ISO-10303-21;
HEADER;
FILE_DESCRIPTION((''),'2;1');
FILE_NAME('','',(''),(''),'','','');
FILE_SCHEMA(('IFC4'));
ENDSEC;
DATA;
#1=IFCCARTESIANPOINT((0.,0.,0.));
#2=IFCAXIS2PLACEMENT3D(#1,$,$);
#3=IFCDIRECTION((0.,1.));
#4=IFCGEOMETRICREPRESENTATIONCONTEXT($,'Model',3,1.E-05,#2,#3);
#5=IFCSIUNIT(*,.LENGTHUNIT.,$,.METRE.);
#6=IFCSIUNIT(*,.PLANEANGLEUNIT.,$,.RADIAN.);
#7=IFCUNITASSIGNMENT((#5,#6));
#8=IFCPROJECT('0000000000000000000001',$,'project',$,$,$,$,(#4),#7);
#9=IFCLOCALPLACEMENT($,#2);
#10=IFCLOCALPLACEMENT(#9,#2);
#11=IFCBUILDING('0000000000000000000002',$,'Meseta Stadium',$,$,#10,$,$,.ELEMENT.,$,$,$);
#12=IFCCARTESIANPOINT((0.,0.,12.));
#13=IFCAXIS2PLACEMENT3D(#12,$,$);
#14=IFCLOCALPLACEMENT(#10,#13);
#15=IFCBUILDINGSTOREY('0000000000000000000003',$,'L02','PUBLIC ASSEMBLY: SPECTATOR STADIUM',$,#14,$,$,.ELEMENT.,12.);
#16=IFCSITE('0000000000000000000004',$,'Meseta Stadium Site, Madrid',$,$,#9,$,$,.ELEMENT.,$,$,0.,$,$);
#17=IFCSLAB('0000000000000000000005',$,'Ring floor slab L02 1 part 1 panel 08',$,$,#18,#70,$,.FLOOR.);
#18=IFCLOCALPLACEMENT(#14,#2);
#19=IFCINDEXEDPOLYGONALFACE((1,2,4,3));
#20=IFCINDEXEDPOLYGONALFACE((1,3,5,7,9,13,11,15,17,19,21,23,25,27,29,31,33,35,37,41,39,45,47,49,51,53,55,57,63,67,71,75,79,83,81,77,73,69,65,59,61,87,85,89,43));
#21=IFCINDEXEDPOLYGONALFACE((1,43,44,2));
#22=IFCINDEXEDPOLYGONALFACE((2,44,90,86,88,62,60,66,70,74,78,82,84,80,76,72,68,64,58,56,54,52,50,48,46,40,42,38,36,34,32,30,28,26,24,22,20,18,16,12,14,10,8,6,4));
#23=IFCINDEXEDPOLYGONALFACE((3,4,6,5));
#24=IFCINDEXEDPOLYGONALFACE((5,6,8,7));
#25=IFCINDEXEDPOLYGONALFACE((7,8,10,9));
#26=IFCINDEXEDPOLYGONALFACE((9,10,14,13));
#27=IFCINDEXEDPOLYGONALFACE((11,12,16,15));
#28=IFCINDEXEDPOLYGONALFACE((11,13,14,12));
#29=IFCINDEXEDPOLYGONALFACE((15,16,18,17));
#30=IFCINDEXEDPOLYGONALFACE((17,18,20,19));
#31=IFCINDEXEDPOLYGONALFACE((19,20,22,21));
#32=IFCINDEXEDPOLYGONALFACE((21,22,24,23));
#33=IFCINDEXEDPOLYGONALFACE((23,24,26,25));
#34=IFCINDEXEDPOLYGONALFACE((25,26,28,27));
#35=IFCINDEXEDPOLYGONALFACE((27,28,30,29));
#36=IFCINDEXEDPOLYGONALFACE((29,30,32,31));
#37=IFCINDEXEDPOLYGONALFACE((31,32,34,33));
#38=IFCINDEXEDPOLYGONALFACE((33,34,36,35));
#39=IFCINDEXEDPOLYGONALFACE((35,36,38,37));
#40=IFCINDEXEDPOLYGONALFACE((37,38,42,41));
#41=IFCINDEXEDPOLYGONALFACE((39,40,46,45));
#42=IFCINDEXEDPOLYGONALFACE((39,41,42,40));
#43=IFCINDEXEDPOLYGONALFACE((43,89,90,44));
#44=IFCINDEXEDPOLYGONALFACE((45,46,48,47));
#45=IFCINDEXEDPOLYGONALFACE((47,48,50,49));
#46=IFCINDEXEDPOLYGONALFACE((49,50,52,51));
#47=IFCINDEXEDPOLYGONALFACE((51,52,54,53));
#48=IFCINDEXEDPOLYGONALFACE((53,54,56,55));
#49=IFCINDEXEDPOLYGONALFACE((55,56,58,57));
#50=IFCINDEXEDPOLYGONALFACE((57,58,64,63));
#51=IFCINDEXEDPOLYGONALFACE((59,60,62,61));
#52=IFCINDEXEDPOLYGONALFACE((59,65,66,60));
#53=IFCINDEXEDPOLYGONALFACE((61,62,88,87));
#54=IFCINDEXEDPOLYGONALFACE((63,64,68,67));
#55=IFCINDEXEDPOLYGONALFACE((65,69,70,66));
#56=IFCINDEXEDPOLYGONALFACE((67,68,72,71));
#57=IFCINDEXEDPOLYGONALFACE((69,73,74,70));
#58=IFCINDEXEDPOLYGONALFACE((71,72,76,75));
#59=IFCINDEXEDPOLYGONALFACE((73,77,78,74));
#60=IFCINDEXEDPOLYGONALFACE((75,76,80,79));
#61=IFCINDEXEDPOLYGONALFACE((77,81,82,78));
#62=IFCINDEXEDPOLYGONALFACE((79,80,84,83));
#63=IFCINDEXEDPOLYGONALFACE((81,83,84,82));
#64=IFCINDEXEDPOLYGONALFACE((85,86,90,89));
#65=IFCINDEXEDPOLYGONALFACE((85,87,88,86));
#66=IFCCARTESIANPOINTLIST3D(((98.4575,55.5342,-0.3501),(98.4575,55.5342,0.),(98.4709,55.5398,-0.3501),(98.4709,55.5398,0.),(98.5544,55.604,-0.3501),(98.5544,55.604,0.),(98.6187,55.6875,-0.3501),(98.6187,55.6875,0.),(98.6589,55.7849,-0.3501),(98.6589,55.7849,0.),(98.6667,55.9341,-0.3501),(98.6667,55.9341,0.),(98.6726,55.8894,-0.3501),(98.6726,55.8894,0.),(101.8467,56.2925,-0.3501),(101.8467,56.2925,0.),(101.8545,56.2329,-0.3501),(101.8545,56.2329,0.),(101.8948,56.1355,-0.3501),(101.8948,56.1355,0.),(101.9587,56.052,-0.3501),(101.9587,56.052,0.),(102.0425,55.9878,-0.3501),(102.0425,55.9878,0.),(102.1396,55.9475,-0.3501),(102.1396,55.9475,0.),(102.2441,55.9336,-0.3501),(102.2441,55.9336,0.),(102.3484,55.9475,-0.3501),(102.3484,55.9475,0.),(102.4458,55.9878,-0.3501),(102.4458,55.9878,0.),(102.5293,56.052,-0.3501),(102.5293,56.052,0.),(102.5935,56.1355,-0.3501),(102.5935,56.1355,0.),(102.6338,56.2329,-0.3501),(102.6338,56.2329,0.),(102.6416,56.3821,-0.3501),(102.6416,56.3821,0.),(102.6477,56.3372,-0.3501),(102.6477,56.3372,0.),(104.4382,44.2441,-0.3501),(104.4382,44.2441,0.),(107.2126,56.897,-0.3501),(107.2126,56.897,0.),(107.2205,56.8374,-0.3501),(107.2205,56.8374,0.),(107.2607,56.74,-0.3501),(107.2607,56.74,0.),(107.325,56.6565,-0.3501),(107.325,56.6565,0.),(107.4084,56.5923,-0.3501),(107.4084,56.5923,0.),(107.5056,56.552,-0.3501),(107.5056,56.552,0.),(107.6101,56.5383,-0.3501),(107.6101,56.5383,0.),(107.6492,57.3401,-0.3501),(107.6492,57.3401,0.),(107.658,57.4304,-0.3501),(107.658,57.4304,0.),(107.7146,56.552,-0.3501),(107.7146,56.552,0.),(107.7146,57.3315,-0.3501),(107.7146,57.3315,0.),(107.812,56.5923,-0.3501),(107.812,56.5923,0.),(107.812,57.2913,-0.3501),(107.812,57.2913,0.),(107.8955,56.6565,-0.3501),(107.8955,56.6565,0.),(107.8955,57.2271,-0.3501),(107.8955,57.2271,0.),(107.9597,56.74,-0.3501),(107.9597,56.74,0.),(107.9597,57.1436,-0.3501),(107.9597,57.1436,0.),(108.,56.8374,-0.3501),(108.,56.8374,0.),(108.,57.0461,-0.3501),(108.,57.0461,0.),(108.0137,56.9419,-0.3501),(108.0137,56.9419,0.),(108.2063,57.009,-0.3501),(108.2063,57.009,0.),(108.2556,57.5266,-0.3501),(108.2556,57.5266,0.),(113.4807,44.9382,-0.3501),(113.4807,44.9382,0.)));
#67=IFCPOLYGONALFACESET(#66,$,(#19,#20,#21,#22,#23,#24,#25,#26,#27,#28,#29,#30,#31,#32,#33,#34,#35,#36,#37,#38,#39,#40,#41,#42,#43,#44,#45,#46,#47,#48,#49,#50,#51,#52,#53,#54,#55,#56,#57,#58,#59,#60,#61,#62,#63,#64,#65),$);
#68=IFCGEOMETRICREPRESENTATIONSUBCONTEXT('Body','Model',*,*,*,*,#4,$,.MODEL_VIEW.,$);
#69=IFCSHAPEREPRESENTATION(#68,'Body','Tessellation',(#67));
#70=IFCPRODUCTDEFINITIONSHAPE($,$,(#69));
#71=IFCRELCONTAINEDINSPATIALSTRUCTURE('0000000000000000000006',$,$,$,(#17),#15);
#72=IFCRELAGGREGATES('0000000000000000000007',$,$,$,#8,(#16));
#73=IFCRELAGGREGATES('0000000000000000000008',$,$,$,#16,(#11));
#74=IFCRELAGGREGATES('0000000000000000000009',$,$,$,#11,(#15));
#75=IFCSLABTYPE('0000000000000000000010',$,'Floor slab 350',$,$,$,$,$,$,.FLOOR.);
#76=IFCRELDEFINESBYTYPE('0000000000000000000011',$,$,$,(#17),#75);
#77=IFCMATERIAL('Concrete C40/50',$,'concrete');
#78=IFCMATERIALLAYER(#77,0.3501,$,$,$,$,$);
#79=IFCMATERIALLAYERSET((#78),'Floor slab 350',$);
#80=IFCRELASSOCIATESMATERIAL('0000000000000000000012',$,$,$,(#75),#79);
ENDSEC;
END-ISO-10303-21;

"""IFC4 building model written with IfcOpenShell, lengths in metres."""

from ifc_helpers import new_model, si_unit, direction, frame, origin, place, context, subcontext, project, spatial, polyline, outline, extrude, material, layer, layer_set, type_object, element, save


model = new_model("IFC4")

# Units and contexts
model_context = context("Model", 3, precision=1e-05, world=origin(), true_north=direction((0.0, 1.0)))
body_context = subcontext(model_context, "Body", "Model", "MODEL_VIEW")
ifc_project = project(units=[si_unit("LENGTHUNIT", "METRE"), si_unit("PLANEANGLEUNIT", "RADIAN")], contexts=[model_context])

# Site, building, storey
site_placement = place(None, origin())
site = spatial("IfcSite", under=ifc_project, at=site_placement, Name="Meseta Stadium Site, Madrid", CompositionType="ELEMENT", RefElevation=0.0)
building_placement = place(site_placement, origin())
building = spatial("IfcBuilding", under=site, at=building_placement, Name="Meseta Stadium", CompositionType="ELEMENT")
storey_placement = place(building_placement, frame((0.0, 0.0, 12.0)))
storey = spatial("IfcBuildingStorey", under=building, at=storey_placement, Name="L02", Description="PUBLIC ASSEMBLY: SPECTATOR STADIUM", CompositionType="ELEMENT", Elevation=12.0)

# Slab
ifc_material_1 = material(Name="Concrete C40/50", Category="concrete")
ifc_layer_1 = layer(ifc_material_1, 0.3501)
ifc_layer_set_1 = layer_set([ifc_layer_1], Name="Floor slab 350")
slab_type_1 = type_object("IfcSlabType", Name="Floor slab 350", PredefinedType="FLOOR", material=ifc_layer_set_1)
slab_1_placement = place(storey_placement, frame((0.0, 0.0, -0.3501)))
element("IfcSlab", 1, at=slab_1_placement, inside=storey, type_object=slab_type_1, Name="Ring floor slab L02 1 part 1 panel 08", PredefinedType="FLOOR", context=body_context, shape_type="SweptSolid", body=[
    extrude(outline(polyline([(98.6667, 55.9341), (98.6726, 55.8894), (98.6589, 55.7849), (98.6187, 55.6875), (98.5544, 55.604), (98.4709, 55.5398), (98.4575, 55.5342), (104.4382, 44.2441), (113.4807, 44.9382), (108.2063, 57.009), (108.2556, 57.5266), (107.658, 57.4304), (107.6492, 57.3401), (107.7146, 57.3315), (107.812, 57.2913), (107.8955, 57.2271), (107.9597, 57.1436), (108.0, 57.0461), (108.0137, 56.9419), (108.0, 56.8374), (107.9597, 56.74), (107.8955, 56.6565), (107.812, 56.5923), (107.7146, 56.552), (107.6101, 56.5383), (107.5056, 56.552), (107.4084, 56.5923), (107.325, 56.6565), (107.2607, 56.74), (107.2205, 56.8374), (107.2126, 56.897), (102.6416, 56.3821), (102.6477, 56.3372), (102.6338, 56.2329), (102.5935, 56.1355), (102.5293, 56.052), (102.4458, 55.9878), (102.3484, 55.9475), (102.2441, 55.9336), (102.1396, 55.9475), (102.0425, 55.9878), (101.9587, 56.052), (101.8948, 56.1355), (101.8545, 56.2329), (101.8467, 56.2925), (98.6667, 55.9341)])), origin(), (0.0, 0.0, 1.0), 0.3501),
])

save(model, "model.ifc")
